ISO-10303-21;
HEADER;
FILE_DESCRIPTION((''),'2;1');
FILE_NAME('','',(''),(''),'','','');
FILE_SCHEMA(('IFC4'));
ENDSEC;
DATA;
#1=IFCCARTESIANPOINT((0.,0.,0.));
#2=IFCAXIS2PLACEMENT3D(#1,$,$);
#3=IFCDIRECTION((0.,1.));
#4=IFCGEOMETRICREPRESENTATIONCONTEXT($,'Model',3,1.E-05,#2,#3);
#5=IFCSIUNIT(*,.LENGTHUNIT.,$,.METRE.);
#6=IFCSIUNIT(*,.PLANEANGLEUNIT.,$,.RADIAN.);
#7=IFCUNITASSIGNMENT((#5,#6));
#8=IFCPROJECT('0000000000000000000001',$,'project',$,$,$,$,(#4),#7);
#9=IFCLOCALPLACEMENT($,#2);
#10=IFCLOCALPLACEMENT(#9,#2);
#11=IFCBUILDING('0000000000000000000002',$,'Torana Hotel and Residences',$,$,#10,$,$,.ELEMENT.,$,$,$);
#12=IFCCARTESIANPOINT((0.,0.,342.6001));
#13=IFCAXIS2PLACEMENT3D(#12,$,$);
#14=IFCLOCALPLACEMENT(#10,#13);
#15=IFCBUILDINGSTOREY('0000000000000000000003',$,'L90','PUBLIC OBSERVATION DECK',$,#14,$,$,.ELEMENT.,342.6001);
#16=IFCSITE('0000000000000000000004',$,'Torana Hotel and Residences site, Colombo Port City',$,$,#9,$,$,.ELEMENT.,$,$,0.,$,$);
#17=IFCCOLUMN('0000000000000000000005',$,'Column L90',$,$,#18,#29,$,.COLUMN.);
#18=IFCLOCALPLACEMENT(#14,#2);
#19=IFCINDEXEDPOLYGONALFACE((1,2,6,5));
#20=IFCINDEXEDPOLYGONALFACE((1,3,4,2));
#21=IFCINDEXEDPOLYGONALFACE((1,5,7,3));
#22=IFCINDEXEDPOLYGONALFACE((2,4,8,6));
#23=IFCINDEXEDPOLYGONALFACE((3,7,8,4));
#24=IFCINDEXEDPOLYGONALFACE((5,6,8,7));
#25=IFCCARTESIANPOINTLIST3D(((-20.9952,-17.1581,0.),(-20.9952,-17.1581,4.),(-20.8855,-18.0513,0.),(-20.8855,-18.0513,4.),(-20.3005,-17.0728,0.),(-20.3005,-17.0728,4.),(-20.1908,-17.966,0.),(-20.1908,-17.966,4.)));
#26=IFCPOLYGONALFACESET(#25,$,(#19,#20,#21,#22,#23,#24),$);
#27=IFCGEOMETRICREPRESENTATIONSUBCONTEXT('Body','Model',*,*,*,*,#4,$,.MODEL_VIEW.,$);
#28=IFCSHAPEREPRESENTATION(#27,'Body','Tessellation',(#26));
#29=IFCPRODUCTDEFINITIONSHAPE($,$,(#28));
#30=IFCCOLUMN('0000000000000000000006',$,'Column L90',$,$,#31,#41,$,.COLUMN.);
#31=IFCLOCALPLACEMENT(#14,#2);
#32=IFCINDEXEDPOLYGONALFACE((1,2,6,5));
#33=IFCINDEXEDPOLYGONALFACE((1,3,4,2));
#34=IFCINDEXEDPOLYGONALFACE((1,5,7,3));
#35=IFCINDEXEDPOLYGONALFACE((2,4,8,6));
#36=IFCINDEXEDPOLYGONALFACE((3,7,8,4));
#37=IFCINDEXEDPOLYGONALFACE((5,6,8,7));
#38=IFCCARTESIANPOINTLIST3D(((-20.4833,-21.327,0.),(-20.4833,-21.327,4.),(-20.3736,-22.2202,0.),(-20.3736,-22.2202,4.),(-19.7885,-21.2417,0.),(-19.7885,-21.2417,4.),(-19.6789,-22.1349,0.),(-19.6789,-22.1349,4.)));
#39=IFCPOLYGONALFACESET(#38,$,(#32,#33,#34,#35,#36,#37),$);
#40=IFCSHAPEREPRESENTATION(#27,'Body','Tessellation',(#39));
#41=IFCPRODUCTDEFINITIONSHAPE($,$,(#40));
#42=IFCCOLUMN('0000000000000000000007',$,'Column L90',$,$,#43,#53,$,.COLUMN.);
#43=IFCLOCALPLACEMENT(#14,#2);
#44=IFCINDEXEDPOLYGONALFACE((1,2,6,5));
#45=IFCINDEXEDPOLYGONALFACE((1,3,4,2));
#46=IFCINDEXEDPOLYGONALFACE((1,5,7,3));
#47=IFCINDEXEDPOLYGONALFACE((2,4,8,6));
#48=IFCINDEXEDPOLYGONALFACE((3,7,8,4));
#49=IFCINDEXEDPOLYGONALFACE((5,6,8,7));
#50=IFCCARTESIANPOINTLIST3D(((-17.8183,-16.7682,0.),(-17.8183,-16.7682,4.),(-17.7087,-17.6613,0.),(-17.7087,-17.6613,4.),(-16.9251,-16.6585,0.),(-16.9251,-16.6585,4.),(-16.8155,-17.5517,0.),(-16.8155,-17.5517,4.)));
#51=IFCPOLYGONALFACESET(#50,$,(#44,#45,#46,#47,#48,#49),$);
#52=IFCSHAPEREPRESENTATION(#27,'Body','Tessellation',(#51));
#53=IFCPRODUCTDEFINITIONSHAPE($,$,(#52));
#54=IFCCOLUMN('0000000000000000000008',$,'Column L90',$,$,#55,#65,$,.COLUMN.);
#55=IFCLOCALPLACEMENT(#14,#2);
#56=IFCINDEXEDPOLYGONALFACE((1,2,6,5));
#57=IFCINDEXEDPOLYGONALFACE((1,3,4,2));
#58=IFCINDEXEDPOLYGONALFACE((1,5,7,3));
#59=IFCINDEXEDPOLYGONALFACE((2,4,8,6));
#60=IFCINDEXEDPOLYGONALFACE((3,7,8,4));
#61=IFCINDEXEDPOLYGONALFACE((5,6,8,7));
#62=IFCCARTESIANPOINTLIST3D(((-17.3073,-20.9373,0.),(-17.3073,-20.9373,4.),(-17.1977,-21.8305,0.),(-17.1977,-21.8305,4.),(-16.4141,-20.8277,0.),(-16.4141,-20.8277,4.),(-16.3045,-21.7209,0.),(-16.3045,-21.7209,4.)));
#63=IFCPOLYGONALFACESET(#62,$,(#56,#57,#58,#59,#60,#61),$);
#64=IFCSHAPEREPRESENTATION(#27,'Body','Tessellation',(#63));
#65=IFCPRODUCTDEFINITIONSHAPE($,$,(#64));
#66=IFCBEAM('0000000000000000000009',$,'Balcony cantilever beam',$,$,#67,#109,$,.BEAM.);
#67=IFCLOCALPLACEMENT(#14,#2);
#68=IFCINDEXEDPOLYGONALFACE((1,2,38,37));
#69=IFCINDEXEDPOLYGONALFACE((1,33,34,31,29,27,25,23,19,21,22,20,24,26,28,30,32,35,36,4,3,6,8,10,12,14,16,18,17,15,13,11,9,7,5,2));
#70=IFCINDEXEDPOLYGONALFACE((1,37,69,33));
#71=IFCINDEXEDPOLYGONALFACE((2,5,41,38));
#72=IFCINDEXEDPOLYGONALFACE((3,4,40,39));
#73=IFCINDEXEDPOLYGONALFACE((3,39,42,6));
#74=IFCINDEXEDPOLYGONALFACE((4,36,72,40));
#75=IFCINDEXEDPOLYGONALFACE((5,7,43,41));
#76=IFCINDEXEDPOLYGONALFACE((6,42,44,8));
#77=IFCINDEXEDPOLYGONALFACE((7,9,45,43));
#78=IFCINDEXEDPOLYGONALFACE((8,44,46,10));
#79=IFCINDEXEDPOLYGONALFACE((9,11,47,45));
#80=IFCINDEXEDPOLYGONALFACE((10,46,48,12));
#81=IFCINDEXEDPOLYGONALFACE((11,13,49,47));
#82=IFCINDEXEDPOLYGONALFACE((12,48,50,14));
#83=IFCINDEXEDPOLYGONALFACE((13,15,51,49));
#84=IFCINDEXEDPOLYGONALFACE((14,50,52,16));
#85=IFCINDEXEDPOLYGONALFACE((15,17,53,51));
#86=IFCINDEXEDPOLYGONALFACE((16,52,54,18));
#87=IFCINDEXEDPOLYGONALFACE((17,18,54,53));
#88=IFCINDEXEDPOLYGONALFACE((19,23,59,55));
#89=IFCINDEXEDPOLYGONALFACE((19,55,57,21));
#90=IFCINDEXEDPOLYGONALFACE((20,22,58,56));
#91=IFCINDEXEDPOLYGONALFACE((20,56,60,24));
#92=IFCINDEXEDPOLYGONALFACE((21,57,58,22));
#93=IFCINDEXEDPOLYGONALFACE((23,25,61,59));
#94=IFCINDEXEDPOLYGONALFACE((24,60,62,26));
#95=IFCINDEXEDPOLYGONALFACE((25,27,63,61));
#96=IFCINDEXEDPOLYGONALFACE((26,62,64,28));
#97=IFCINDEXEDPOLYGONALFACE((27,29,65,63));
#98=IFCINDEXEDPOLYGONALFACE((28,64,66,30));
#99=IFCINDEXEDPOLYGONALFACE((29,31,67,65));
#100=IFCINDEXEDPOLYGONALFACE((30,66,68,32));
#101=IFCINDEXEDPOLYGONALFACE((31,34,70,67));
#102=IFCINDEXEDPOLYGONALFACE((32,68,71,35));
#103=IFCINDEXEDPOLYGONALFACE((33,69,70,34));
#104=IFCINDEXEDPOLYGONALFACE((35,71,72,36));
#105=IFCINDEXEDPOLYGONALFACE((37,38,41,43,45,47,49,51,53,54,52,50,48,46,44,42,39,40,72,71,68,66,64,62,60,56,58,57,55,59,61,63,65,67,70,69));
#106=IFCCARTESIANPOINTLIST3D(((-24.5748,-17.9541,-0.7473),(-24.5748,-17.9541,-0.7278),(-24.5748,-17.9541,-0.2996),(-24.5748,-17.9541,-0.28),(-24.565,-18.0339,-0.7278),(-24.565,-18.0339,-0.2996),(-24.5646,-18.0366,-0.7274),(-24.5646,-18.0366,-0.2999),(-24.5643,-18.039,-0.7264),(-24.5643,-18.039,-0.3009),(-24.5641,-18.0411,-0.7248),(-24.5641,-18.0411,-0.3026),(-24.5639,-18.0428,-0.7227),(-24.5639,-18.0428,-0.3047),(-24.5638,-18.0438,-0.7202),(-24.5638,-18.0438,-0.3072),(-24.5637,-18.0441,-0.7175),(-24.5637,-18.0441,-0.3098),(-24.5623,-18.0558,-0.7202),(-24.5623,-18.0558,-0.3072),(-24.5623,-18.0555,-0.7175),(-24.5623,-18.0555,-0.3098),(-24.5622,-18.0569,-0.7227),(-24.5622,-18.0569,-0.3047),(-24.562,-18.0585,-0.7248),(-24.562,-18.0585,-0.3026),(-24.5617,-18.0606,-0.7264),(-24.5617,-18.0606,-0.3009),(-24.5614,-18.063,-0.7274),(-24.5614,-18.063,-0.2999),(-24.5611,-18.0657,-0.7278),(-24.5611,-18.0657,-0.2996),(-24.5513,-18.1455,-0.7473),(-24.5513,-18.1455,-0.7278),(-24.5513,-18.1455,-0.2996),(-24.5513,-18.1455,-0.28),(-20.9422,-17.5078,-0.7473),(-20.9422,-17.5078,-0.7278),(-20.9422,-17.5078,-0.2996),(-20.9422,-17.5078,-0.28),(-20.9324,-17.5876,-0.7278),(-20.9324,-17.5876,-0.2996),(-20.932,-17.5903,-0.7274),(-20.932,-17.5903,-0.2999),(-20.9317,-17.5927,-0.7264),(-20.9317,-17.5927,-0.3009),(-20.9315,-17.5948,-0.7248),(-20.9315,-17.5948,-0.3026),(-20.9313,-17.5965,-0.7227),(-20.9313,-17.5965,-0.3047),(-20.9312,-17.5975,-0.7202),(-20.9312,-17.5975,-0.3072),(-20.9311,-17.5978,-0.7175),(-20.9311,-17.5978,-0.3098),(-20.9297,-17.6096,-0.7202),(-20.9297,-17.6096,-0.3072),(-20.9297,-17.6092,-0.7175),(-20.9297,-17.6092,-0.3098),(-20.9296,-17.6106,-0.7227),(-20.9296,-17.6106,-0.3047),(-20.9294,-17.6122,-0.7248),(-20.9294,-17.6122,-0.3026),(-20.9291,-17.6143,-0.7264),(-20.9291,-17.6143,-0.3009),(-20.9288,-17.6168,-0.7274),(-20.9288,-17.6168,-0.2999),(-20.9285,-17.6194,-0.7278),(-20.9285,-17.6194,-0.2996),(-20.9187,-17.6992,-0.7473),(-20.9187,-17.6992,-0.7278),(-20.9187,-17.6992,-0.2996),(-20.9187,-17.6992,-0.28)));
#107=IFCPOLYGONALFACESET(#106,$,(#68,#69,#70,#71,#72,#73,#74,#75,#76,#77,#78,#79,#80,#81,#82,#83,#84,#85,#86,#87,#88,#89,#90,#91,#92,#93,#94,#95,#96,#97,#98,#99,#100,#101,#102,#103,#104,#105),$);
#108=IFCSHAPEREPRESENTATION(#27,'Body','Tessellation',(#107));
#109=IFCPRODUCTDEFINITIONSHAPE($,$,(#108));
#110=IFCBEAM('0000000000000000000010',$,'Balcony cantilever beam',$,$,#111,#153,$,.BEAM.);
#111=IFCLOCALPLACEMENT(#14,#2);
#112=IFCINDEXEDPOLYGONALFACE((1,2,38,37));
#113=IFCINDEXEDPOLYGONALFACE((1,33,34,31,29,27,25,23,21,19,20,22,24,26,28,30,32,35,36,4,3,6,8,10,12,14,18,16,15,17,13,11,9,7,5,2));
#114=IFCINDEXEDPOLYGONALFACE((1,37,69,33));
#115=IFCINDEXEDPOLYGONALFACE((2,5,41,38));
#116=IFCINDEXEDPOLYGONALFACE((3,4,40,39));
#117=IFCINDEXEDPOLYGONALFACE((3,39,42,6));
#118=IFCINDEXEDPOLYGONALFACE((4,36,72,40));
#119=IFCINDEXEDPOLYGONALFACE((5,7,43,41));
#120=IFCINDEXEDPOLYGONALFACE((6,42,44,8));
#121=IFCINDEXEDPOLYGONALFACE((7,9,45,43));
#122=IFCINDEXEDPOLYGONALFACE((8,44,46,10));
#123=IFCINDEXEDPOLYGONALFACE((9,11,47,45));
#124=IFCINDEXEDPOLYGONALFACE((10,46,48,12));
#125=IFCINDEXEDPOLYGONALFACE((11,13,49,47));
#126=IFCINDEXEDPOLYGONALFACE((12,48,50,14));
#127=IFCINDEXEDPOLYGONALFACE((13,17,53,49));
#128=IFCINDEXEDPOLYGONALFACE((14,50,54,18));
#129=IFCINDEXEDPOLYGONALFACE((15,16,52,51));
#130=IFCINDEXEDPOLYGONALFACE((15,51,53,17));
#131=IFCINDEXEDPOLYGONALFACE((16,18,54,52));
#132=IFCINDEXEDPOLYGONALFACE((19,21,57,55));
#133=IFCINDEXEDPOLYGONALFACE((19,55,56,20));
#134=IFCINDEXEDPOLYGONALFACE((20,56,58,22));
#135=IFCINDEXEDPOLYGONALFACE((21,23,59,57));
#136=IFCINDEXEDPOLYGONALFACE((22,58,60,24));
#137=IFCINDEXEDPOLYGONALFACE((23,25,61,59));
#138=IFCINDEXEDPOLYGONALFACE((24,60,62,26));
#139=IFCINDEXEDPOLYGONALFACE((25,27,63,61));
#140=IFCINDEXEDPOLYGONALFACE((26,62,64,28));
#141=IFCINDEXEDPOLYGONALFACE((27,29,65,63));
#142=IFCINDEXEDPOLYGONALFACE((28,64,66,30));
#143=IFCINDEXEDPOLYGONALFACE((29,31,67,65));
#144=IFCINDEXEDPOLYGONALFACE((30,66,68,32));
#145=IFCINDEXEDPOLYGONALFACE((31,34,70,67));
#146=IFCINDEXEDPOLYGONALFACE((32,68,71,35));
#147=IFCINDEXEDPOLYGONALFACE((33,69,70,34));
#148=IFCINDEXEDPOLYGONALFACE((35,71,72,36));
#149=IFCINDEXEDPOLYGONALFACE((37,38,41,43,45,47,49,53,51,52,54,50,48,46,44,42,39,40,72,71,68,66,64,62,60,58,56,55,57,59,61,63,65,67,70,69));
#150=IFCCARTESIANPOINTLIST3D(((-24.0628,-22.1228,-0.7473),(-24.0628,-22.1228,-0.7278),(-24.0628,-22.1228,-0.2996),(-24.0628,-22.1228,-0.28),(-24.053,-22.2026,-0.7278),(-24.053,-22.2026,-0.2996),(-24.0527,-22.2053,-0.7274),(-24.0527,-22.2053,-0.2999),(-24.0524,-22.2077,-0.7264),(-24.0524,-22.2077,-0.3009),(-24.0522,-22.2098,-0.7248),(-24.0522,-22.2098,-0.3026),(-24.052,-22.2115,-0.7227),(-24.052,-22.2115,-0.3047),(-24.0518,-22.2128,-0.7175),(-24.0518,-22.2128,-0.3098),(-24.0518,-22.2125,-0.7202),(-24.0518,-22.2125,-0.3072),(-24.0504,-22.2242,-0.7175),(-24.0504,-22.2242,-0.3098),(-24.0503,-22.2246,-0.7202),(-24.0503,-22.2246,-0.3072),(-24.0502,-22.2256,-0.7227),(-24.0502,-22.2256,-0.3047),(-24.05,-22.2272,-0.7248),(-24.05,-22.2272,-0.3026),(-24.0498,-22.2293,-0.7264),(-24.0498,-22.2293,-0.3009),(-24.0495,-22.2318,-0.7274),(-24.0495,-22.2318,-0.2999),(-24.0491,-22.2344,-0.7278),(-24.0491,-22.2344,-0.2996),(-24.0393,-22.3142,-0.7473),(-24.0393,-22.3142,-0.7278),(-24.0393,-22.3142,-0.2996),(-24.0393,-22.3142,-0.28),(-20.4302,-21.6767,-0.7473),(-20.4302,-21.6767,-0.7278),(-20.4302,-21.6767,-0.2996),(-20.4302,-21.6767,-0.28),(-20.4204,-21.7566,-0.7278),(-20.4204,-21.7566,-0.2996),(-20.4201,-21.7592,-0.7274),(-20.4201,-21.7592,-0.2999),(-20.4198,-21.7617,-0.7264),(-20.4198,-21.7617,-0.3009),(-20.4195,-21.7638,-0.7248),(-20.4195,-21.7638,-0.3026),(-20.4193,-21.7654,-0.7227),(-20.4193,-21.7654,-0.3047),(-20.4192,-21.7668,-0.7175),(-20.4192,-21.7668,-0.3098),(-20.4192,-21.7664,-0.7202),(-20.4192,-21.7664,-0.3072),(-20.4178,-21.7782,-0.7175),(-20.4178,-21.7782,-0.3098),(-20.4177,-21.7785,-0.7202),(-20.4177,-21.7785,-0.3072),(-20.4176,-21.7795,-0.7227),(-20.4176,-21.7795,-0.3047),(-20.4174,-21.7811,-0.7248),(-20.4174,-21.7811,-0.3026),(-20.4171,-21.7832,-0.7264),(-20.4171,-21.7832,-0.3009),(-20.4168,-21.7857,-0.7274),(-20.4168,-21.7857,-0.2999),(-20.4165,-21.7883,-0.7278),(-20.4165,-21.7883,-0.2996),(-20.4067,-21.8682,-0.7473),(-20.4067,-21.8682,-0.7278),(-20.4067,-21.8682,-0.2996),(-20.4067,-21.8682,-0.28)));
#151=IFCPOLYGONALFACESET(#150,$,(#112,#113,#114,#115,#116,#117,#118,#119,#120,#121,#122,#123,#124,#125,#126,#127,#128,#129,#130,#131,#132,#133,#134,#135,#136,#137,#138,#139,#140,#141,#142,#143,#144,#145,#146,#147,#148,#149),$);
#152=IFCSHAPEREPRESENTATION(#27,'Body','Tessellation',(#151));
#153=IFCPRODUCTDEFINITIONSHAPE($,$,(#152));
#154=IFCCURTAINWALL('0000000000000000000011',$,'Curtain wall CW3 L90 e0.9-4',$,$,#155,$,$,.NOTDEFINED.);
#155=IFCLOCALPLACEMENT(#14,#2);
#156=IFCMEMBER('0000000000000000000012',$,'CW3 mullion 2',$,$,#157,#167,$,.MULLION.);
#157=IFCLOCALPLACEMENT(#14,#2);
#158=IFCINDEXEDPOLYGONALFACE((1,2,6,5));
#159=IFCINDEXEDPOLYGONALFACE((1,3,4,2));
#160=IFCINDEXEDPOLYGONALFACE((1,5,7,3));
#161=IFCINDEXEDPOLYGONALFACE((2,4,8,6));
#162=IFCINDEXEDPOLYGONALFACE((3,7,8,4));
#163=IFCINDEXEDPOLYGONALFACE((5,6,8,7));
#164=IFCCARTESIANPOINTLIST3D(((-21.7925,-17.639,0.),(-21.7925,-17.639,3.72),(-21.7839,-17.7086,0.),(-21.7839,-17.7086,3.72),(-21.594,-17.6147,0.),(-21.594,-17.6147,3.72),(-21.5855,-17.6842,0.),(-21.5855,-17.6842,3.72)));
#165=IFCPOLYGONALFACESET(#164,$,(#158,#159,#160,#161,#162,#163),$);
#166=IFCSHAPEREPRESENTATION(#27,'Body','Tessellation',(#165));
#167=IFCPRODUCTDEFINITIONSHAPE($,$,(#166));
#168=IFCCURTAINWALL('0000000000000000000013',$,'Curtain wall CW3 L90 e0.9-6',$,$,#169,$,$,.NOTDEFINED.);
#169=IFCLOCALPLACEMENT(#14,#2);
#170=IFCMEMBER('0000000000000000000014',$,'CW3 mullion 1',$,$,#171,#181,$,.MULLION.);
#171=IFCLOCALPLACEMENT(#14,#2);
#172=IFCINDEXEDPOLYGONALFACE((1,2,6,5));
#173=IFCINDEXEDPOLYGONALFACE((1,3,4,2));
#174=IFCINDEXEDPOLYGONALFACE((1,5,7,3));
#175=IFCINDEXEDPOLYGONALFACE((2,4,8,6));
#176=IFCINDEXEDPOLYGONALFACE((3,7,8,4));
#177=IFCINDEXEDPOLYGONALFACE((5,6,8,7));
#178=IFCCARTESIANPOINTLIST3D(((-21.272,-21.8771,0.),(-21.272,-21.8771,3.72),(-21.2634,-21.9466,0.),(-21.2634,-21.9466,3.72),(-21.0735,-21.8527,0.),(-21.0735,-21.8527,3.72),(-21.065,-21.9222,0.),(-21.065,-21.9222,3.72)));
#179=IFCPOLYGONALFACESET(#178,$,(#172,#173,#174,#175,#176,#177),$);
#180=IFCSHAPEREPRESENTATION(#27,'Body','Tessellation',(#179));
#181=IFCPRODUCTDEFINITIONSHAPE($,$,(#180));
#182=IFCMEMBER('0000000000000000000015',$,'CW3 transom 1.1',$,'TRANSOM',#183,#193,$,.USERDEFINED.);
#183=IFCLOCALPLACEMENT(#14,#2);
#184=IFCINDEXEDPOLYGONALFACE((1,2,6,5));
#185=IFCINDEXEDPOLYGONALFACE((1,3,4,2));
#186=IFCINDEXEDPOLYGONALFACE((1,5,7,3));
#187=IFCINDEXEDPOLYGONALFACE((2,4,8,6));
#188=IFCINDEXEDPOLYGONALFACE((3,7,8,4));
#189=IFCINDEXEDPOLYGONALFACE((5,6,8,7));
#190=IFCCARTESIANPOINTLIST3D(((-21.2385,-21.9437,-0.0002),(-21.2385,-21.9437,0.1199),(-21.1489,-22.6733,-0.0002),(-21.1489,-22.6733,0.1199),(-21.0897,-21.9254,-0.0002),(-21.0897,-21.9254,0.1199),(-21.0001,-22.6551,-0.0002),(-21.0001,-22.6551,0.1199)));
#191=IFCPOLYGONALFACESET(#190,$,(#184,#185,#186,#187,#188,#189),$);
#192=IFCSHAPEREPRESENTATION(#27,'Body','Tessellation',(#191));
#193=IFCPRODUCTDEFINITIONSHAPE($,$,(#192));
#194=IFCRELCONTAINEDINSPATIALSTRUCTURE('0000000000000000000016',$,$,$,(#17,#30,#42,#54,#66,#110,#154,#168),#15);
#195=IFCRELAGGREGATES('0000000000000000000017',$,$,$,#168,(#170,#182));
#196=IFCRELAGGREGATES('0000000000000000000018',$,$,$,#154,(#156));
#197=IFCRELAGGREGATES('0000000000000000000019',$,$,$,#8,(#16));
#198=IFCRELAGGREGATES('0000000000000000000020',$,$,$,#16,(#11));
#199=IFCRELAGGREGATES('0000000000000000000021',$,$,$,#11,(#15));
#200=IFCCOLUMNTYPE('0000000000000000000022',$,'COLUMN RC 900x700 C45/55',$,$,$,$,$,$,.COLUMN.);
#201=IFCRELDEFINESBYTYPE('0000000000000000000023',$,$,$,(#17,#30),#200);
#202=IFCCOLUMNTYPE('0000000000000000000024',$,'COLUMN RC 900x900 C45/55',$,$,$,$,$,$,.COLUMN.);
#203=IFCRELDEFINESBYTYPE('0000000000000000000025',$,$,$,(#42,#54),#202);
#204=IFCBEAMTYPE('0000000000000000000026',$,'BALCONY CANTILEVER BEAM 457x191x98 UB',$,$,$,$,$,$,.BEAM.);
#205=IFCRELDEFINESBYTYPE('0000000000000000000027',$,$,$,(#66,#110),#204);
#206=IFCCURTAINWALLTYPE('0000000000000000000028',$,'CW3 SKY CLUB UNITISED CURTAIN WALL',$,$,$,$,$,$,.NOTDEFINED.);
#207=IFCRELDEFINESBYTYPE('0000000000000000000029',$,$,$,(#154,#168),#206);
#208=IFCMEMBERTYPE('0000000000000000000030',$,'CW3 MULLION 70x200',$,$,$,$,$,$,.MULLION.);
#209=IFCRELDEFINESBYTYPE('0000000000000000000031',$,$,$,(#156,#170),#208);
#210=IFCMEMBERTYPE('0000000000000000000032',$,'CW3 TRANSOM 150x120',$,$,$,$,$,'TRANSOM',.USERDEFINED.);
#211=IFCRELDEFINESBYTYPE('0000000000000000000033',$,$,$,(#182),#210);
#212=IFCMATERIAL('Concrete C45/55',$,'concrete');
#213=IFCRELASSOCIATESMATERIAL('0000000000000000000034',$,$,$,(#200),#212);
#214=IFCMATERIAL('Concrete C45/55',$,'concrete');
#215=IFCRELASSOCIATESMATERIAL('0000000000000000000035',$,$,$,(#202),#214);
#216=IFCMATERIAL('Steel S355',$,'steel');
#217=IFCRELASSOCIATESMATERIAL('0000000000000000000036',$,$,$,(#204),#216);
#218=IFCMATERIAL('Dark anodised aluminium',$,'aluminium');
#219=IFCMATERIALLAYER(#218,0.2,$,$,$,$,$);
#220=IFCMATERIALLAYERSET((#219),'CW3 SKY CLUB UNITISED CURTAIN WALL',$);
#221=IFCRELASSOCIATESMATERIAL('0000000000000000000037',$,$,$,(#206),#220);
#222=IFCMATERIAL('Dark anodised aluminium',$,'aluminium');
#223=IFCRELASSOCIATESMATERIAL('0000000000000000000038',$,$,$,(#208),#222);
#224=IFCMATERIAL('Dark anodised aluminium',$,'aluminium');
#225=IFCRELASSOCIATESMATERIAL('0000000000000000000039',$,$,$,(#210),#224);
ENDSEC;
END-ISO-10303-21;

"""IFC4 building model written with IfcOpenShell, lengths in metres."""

from ifc_helpers import new_model, si_unit, direction, frame, origin, origin_2d, place, context, subcontext, project, spatial, rectangle, i_section, extrude, material, layer, layer_set, material_profile, profile_set, type_object, element, aggregate, save


model = new_model("IFC4")

# Units and contexts
model_context = context("Model", 3, precision=1e-05, world=origin(), true_north=direction((0.0, 1.0)))
body_context = subcontext(model_context, "Body", "Model", "MODEL_VIEW")
ifc_project = project(units=[si_unit("LENGTHUNIT", "METRE"), si_unit("PLANEANGLEUNIT", "RADIAN")], contexts=[model_context])

# Site, building, storey
site_placement = place(None, origin())
site = spatial("IfcSite", under=ifc_project, at=site_placement, Name="Torana Hotel and Residences site, Colombo Port City", CompositionType="ELEMENT", RefElevation=0.0)
building_placement = place(site_placement, origin())
building = spatial("IfcBuilding", under=site, at=building_placement, Name="Torana Hotel and Residences", CompositionType="ELEMENT")
storey_placement = place(building_placement, frame((0.0, 0.0, 342.6001)))
storey = spatial("IfcBuildingStorey", under=building, at=storey_placement, Name="L90", Description="PUBLIC OBSERVATION DECK", CompositionType="ELEMENT", Elevation=342.6001)

# Columns
ifc_material_1 = material(Name="Concrete C45/55", Category="concrete")
ifc_material_profile_1 = material_profile(ifc_material_1, rectangle(XDim=0.8999, YDim=0.7, at=origin_2d()), Name="RC 900x700")
ifc_profile_set_1 = profile_set([ifc_material_profile_1], Name="Concrete C45/55")
column_type_1 = type_object("IfcColumnType", Name="COLUMN RC 900x700 C45/55", PredefinedType="COLUMN", material=ifc_profile_set_1)
for number, where, z_axis, x_axis, name in (
    (1, (-20.593, -17.562, 0.0), (0.0, 0.0, 1.0), (-0.121869, 0.992546, 0.0), "Column L90"),
    (2, (-20.0811, -21.731, 0.0), (0.0, 0.0, 1.0), (-0.121869, 0.992546, 0.0), "Column L90"),
):
    element("IfcColumn", number, at=place(storey_placement, frame(where, z_axis=z_axis, x_axis=x_axis)), inside=storey, type_object=column_type_1, Name=name, PredefinedType="COLUMN", context=body_context, shape_type="SweptSolid", body=[
        extrude(rectangle(XDim=0.8999, YDim=0.7, at=origin_2d()), origin(), (0.0, 0.0, 1.0), 4.0),
    ])
ifc_material_2 = material(Name="Concrete C45/55", Category="concrete")
ifc_material_profile_2 = material_profile(ifc_material_2, rectangle(XDim=0.8999, YDim=0.8999, at=origin_2d()), Name="RC 900x900")
ifc_profile_set_2 = profile_set([ifc_material_profile_2], Name="Concrete C45/55")
column_type_2 = type_object("IfcColumnType", Name="COLUMN RC 900x900 C45/55", PredefinedType="COLUMN", material=ifc_profile_set_2)
for number, where, z_axis, x_axis, name in (
    (3, (-17.3169, -17.1599, 0.0), (0.0, 0.0, 1.0), (0.992546, 0.121869, 0.0), "Column L90"),
    (4, (-16.8059, -21.3291, 0.0), (0.0, 0.0, 1.0), (0.992546, 0.121869, 0.0), "Column L90"),
):
    element("IfcColumn", number, at=place(storey_placement, frame(where, z_axis=z_axis, x_axis=x_axis)), inside=storey, type_object=column_type_2, Name=name, PredefinedType="COLUMN", context=body_context, shape_type="SweptSolid", body=[
        extrude(rectangle(XDim=0.8999, YDim=0.8999, at=origin_2d()), origin(), (0.0, 0.0, 1.0), 4.0),
    ])

# Beams
ifc_material_3 = material(Name="Steel S355", Category="steel")
ifc_material_profile_3 = material_profile(ifc_material_3, i_section(OverallWidth=0.1929, OverallDepth=0.4673, WebThickness=0.0115, FlangeThickness=0.0195, FilletRadius=0.0103, at=origin_2d()), Name="457x191x98 UB")
ifc_profile_set_3 = profile_set([ifc_material_profile_3], Name="Steel S355")
beam_type = type_object("IfcBeamType", Name="BALCONY CANTILEVER BEAM 457x191x98 UB", PredefinedType="BEAM", material=ifc_profile_set_3)
for number, where, z_axis, x_axis, name in (
    (5, (-20.9304, -17.6035, -0.5137), (-0.992537, -0.121941, 0.0), (0.121941, -0.992537, 0.0), "Balcony cantilever beam"),
    (6, (-20.4185, -21.7725, -0.5137), (-0.992545, -0.121875, 0.0), (0.121875, -0.992545, 0.0), "Balcony cantilever beam"),
):
    element("IfcBeam", number, at=place(storey_placement, frame(where, z_axis=z_axis, x_axis=x_axis)), inside=storey, type_object=beam_type, Name=name, PredefinedType="BEAM", context=body_context, shape_type="SweptSolid", body=[
        extrude(i_section(OverallWidth=0.1929, OverallDepth=0.4673, WebThickness=0.0115, FlangeThickness=0.0195, FilletRadius=0.0103, at=origin_2d()), origin(), (0.0, 0.0, 1.0), 3.6599),
    ])

# Curtain wall, member
ifc_material_4 = material(Name="Dark anodised aluminium", Category="aluminium")
ifc_layer_1 = layer(ifc_material_4, 0.2)
ifc_layer_set_1 = layer_set([ifc_layer_1], Name="CW3 SKY CLUB UNITISED CURTAIN WALL")
curtain_wall_type = type_object("IfcCurtainWallType", Name="CW3 SKY CLUB UNITISED CURTAIN WALL", PredefinedType="NOTDEFINED", material=ifc_layer_set_1)
curtain_wall_1_placement = place(storey_placement, origin())
curtain_wall_1 = element("IfcCurtainWall", 7, at=curtain_wall_1_placement, inside=storey, type_object=curtain_wall_type, Name="Curtain wall CW3 L90 e0.9-4", PredefinedType="NOTDEFINED")
ifc_material_5 = material(Name="Dark anodised aluminium", Category="aluminium")
ifc_material_profile_4 = material_profile(ifc_material_5, rectangle(XDim=0.2, YDim=0.0701, at=origin_2d()), Name="CW3 MULLION 70x200")
ifc_profile_set_4 = profile_set([ifc_material_profile_4], Name="Dark anodised aluminium")
member_type_1 = type_object("IfcMemberType", Name="CW3 MULLION 70x200", PredefinedType="MULLION", material=ifc_profile_set_4)
member_1_placement = place(storey_placement, frame((-21.689, -17.6616, 0.0), z_axis=(0.0, 0.0, 1.0), x_axis=(0.992548, 0.121857, 0.0)))
member_1 = element("IfcMember", 8, at=member_1_placement, type_object=member_type_1, Name="CW3 mullion 2", PredefinedType="MULLION", context=body_context, shape_type="SweptSolid", body=[
    extrude(rectangle(XDim=0.2, YDim=0.0701, at=origin_2d()), origin(), (0.0, 0.0, 1.0), 3.72),
])

# Curtain wall, members
curtain_wall_2_placement = place(storey_placement, origin())
curtain_wall_2 = element("IfcCurtainWall", 9, at=curtain_wall_2_placement, inside=storey, type_object=curtain_wall_type, Name="Curtain wall CW3 L90 e0.9-6", PredefinedType="NOTDEFINED")
member_2_placement = place(storey_placement, frame((-21.1685, -21.8997, 0.0), z_axis=(0.0, 0.0, 1.0), x_axis=(0.992544, 0.121883, 0.0)))
member_2 = element("IfcMember", 10, at=member_2_placement, type_object=member_type_1, Name="CW3 mullion 1", PredefinedType="MULLION", context=body_context, shape_type="SweptSolid", body=[
    extrude(rectangle(XDim=0.2, YDim=0.0701, at=origin_2d()), origin(), (0.0, 0.0, 1.0), 3.72),
])
ifc_material_6 = material(Name="Dark anodised aluminium", Category="aluminium")
ifc_material_profile_5 = material_profile(ifc_material_6, rectangle(XDim=0.1499, YDim=0.1201, at=origin_2d()), Name="CW3 TRANSOM 150x120")
ifc_profile_set_5 = profile_set([ifc_material_profile_5], Name="Dark anodised aluminium")
member_type_2 = type_object("IfcMemberType", Name="CW3 TRANSOM 150x120", ElementType="TRANSOM", PredefinedType="USERDEFINED", material=ifc_profile_set_5)
member_3_placement = place(storey_placement, frame((-21.1641, -21.9346, 0.0598), z_axis=(0.121868, -0.992546, 0.0), x_axis=(0.992546, 0.121868, 0.0)))
member_3 = element("IfcMember", 11, at=member_3_placement, type_object=member_type_2, Name="CW3 transom 1.1", ObjectType="TRANSOM", PredefinedType="USERDEFINED", context=body_context, shape_type="SweptSolid", body=[
    extrude(rectangle(XDim=0.1499, YDim=0.1201, at=origin_2d()), origin(), (0.0, 0.0, 1.0), 0.7351),
])
aggregate(curtain_wall_2, [member_2, member_3])

aggregate(curtain_wall_1, [member_1])

save(model, "model.ifc")
